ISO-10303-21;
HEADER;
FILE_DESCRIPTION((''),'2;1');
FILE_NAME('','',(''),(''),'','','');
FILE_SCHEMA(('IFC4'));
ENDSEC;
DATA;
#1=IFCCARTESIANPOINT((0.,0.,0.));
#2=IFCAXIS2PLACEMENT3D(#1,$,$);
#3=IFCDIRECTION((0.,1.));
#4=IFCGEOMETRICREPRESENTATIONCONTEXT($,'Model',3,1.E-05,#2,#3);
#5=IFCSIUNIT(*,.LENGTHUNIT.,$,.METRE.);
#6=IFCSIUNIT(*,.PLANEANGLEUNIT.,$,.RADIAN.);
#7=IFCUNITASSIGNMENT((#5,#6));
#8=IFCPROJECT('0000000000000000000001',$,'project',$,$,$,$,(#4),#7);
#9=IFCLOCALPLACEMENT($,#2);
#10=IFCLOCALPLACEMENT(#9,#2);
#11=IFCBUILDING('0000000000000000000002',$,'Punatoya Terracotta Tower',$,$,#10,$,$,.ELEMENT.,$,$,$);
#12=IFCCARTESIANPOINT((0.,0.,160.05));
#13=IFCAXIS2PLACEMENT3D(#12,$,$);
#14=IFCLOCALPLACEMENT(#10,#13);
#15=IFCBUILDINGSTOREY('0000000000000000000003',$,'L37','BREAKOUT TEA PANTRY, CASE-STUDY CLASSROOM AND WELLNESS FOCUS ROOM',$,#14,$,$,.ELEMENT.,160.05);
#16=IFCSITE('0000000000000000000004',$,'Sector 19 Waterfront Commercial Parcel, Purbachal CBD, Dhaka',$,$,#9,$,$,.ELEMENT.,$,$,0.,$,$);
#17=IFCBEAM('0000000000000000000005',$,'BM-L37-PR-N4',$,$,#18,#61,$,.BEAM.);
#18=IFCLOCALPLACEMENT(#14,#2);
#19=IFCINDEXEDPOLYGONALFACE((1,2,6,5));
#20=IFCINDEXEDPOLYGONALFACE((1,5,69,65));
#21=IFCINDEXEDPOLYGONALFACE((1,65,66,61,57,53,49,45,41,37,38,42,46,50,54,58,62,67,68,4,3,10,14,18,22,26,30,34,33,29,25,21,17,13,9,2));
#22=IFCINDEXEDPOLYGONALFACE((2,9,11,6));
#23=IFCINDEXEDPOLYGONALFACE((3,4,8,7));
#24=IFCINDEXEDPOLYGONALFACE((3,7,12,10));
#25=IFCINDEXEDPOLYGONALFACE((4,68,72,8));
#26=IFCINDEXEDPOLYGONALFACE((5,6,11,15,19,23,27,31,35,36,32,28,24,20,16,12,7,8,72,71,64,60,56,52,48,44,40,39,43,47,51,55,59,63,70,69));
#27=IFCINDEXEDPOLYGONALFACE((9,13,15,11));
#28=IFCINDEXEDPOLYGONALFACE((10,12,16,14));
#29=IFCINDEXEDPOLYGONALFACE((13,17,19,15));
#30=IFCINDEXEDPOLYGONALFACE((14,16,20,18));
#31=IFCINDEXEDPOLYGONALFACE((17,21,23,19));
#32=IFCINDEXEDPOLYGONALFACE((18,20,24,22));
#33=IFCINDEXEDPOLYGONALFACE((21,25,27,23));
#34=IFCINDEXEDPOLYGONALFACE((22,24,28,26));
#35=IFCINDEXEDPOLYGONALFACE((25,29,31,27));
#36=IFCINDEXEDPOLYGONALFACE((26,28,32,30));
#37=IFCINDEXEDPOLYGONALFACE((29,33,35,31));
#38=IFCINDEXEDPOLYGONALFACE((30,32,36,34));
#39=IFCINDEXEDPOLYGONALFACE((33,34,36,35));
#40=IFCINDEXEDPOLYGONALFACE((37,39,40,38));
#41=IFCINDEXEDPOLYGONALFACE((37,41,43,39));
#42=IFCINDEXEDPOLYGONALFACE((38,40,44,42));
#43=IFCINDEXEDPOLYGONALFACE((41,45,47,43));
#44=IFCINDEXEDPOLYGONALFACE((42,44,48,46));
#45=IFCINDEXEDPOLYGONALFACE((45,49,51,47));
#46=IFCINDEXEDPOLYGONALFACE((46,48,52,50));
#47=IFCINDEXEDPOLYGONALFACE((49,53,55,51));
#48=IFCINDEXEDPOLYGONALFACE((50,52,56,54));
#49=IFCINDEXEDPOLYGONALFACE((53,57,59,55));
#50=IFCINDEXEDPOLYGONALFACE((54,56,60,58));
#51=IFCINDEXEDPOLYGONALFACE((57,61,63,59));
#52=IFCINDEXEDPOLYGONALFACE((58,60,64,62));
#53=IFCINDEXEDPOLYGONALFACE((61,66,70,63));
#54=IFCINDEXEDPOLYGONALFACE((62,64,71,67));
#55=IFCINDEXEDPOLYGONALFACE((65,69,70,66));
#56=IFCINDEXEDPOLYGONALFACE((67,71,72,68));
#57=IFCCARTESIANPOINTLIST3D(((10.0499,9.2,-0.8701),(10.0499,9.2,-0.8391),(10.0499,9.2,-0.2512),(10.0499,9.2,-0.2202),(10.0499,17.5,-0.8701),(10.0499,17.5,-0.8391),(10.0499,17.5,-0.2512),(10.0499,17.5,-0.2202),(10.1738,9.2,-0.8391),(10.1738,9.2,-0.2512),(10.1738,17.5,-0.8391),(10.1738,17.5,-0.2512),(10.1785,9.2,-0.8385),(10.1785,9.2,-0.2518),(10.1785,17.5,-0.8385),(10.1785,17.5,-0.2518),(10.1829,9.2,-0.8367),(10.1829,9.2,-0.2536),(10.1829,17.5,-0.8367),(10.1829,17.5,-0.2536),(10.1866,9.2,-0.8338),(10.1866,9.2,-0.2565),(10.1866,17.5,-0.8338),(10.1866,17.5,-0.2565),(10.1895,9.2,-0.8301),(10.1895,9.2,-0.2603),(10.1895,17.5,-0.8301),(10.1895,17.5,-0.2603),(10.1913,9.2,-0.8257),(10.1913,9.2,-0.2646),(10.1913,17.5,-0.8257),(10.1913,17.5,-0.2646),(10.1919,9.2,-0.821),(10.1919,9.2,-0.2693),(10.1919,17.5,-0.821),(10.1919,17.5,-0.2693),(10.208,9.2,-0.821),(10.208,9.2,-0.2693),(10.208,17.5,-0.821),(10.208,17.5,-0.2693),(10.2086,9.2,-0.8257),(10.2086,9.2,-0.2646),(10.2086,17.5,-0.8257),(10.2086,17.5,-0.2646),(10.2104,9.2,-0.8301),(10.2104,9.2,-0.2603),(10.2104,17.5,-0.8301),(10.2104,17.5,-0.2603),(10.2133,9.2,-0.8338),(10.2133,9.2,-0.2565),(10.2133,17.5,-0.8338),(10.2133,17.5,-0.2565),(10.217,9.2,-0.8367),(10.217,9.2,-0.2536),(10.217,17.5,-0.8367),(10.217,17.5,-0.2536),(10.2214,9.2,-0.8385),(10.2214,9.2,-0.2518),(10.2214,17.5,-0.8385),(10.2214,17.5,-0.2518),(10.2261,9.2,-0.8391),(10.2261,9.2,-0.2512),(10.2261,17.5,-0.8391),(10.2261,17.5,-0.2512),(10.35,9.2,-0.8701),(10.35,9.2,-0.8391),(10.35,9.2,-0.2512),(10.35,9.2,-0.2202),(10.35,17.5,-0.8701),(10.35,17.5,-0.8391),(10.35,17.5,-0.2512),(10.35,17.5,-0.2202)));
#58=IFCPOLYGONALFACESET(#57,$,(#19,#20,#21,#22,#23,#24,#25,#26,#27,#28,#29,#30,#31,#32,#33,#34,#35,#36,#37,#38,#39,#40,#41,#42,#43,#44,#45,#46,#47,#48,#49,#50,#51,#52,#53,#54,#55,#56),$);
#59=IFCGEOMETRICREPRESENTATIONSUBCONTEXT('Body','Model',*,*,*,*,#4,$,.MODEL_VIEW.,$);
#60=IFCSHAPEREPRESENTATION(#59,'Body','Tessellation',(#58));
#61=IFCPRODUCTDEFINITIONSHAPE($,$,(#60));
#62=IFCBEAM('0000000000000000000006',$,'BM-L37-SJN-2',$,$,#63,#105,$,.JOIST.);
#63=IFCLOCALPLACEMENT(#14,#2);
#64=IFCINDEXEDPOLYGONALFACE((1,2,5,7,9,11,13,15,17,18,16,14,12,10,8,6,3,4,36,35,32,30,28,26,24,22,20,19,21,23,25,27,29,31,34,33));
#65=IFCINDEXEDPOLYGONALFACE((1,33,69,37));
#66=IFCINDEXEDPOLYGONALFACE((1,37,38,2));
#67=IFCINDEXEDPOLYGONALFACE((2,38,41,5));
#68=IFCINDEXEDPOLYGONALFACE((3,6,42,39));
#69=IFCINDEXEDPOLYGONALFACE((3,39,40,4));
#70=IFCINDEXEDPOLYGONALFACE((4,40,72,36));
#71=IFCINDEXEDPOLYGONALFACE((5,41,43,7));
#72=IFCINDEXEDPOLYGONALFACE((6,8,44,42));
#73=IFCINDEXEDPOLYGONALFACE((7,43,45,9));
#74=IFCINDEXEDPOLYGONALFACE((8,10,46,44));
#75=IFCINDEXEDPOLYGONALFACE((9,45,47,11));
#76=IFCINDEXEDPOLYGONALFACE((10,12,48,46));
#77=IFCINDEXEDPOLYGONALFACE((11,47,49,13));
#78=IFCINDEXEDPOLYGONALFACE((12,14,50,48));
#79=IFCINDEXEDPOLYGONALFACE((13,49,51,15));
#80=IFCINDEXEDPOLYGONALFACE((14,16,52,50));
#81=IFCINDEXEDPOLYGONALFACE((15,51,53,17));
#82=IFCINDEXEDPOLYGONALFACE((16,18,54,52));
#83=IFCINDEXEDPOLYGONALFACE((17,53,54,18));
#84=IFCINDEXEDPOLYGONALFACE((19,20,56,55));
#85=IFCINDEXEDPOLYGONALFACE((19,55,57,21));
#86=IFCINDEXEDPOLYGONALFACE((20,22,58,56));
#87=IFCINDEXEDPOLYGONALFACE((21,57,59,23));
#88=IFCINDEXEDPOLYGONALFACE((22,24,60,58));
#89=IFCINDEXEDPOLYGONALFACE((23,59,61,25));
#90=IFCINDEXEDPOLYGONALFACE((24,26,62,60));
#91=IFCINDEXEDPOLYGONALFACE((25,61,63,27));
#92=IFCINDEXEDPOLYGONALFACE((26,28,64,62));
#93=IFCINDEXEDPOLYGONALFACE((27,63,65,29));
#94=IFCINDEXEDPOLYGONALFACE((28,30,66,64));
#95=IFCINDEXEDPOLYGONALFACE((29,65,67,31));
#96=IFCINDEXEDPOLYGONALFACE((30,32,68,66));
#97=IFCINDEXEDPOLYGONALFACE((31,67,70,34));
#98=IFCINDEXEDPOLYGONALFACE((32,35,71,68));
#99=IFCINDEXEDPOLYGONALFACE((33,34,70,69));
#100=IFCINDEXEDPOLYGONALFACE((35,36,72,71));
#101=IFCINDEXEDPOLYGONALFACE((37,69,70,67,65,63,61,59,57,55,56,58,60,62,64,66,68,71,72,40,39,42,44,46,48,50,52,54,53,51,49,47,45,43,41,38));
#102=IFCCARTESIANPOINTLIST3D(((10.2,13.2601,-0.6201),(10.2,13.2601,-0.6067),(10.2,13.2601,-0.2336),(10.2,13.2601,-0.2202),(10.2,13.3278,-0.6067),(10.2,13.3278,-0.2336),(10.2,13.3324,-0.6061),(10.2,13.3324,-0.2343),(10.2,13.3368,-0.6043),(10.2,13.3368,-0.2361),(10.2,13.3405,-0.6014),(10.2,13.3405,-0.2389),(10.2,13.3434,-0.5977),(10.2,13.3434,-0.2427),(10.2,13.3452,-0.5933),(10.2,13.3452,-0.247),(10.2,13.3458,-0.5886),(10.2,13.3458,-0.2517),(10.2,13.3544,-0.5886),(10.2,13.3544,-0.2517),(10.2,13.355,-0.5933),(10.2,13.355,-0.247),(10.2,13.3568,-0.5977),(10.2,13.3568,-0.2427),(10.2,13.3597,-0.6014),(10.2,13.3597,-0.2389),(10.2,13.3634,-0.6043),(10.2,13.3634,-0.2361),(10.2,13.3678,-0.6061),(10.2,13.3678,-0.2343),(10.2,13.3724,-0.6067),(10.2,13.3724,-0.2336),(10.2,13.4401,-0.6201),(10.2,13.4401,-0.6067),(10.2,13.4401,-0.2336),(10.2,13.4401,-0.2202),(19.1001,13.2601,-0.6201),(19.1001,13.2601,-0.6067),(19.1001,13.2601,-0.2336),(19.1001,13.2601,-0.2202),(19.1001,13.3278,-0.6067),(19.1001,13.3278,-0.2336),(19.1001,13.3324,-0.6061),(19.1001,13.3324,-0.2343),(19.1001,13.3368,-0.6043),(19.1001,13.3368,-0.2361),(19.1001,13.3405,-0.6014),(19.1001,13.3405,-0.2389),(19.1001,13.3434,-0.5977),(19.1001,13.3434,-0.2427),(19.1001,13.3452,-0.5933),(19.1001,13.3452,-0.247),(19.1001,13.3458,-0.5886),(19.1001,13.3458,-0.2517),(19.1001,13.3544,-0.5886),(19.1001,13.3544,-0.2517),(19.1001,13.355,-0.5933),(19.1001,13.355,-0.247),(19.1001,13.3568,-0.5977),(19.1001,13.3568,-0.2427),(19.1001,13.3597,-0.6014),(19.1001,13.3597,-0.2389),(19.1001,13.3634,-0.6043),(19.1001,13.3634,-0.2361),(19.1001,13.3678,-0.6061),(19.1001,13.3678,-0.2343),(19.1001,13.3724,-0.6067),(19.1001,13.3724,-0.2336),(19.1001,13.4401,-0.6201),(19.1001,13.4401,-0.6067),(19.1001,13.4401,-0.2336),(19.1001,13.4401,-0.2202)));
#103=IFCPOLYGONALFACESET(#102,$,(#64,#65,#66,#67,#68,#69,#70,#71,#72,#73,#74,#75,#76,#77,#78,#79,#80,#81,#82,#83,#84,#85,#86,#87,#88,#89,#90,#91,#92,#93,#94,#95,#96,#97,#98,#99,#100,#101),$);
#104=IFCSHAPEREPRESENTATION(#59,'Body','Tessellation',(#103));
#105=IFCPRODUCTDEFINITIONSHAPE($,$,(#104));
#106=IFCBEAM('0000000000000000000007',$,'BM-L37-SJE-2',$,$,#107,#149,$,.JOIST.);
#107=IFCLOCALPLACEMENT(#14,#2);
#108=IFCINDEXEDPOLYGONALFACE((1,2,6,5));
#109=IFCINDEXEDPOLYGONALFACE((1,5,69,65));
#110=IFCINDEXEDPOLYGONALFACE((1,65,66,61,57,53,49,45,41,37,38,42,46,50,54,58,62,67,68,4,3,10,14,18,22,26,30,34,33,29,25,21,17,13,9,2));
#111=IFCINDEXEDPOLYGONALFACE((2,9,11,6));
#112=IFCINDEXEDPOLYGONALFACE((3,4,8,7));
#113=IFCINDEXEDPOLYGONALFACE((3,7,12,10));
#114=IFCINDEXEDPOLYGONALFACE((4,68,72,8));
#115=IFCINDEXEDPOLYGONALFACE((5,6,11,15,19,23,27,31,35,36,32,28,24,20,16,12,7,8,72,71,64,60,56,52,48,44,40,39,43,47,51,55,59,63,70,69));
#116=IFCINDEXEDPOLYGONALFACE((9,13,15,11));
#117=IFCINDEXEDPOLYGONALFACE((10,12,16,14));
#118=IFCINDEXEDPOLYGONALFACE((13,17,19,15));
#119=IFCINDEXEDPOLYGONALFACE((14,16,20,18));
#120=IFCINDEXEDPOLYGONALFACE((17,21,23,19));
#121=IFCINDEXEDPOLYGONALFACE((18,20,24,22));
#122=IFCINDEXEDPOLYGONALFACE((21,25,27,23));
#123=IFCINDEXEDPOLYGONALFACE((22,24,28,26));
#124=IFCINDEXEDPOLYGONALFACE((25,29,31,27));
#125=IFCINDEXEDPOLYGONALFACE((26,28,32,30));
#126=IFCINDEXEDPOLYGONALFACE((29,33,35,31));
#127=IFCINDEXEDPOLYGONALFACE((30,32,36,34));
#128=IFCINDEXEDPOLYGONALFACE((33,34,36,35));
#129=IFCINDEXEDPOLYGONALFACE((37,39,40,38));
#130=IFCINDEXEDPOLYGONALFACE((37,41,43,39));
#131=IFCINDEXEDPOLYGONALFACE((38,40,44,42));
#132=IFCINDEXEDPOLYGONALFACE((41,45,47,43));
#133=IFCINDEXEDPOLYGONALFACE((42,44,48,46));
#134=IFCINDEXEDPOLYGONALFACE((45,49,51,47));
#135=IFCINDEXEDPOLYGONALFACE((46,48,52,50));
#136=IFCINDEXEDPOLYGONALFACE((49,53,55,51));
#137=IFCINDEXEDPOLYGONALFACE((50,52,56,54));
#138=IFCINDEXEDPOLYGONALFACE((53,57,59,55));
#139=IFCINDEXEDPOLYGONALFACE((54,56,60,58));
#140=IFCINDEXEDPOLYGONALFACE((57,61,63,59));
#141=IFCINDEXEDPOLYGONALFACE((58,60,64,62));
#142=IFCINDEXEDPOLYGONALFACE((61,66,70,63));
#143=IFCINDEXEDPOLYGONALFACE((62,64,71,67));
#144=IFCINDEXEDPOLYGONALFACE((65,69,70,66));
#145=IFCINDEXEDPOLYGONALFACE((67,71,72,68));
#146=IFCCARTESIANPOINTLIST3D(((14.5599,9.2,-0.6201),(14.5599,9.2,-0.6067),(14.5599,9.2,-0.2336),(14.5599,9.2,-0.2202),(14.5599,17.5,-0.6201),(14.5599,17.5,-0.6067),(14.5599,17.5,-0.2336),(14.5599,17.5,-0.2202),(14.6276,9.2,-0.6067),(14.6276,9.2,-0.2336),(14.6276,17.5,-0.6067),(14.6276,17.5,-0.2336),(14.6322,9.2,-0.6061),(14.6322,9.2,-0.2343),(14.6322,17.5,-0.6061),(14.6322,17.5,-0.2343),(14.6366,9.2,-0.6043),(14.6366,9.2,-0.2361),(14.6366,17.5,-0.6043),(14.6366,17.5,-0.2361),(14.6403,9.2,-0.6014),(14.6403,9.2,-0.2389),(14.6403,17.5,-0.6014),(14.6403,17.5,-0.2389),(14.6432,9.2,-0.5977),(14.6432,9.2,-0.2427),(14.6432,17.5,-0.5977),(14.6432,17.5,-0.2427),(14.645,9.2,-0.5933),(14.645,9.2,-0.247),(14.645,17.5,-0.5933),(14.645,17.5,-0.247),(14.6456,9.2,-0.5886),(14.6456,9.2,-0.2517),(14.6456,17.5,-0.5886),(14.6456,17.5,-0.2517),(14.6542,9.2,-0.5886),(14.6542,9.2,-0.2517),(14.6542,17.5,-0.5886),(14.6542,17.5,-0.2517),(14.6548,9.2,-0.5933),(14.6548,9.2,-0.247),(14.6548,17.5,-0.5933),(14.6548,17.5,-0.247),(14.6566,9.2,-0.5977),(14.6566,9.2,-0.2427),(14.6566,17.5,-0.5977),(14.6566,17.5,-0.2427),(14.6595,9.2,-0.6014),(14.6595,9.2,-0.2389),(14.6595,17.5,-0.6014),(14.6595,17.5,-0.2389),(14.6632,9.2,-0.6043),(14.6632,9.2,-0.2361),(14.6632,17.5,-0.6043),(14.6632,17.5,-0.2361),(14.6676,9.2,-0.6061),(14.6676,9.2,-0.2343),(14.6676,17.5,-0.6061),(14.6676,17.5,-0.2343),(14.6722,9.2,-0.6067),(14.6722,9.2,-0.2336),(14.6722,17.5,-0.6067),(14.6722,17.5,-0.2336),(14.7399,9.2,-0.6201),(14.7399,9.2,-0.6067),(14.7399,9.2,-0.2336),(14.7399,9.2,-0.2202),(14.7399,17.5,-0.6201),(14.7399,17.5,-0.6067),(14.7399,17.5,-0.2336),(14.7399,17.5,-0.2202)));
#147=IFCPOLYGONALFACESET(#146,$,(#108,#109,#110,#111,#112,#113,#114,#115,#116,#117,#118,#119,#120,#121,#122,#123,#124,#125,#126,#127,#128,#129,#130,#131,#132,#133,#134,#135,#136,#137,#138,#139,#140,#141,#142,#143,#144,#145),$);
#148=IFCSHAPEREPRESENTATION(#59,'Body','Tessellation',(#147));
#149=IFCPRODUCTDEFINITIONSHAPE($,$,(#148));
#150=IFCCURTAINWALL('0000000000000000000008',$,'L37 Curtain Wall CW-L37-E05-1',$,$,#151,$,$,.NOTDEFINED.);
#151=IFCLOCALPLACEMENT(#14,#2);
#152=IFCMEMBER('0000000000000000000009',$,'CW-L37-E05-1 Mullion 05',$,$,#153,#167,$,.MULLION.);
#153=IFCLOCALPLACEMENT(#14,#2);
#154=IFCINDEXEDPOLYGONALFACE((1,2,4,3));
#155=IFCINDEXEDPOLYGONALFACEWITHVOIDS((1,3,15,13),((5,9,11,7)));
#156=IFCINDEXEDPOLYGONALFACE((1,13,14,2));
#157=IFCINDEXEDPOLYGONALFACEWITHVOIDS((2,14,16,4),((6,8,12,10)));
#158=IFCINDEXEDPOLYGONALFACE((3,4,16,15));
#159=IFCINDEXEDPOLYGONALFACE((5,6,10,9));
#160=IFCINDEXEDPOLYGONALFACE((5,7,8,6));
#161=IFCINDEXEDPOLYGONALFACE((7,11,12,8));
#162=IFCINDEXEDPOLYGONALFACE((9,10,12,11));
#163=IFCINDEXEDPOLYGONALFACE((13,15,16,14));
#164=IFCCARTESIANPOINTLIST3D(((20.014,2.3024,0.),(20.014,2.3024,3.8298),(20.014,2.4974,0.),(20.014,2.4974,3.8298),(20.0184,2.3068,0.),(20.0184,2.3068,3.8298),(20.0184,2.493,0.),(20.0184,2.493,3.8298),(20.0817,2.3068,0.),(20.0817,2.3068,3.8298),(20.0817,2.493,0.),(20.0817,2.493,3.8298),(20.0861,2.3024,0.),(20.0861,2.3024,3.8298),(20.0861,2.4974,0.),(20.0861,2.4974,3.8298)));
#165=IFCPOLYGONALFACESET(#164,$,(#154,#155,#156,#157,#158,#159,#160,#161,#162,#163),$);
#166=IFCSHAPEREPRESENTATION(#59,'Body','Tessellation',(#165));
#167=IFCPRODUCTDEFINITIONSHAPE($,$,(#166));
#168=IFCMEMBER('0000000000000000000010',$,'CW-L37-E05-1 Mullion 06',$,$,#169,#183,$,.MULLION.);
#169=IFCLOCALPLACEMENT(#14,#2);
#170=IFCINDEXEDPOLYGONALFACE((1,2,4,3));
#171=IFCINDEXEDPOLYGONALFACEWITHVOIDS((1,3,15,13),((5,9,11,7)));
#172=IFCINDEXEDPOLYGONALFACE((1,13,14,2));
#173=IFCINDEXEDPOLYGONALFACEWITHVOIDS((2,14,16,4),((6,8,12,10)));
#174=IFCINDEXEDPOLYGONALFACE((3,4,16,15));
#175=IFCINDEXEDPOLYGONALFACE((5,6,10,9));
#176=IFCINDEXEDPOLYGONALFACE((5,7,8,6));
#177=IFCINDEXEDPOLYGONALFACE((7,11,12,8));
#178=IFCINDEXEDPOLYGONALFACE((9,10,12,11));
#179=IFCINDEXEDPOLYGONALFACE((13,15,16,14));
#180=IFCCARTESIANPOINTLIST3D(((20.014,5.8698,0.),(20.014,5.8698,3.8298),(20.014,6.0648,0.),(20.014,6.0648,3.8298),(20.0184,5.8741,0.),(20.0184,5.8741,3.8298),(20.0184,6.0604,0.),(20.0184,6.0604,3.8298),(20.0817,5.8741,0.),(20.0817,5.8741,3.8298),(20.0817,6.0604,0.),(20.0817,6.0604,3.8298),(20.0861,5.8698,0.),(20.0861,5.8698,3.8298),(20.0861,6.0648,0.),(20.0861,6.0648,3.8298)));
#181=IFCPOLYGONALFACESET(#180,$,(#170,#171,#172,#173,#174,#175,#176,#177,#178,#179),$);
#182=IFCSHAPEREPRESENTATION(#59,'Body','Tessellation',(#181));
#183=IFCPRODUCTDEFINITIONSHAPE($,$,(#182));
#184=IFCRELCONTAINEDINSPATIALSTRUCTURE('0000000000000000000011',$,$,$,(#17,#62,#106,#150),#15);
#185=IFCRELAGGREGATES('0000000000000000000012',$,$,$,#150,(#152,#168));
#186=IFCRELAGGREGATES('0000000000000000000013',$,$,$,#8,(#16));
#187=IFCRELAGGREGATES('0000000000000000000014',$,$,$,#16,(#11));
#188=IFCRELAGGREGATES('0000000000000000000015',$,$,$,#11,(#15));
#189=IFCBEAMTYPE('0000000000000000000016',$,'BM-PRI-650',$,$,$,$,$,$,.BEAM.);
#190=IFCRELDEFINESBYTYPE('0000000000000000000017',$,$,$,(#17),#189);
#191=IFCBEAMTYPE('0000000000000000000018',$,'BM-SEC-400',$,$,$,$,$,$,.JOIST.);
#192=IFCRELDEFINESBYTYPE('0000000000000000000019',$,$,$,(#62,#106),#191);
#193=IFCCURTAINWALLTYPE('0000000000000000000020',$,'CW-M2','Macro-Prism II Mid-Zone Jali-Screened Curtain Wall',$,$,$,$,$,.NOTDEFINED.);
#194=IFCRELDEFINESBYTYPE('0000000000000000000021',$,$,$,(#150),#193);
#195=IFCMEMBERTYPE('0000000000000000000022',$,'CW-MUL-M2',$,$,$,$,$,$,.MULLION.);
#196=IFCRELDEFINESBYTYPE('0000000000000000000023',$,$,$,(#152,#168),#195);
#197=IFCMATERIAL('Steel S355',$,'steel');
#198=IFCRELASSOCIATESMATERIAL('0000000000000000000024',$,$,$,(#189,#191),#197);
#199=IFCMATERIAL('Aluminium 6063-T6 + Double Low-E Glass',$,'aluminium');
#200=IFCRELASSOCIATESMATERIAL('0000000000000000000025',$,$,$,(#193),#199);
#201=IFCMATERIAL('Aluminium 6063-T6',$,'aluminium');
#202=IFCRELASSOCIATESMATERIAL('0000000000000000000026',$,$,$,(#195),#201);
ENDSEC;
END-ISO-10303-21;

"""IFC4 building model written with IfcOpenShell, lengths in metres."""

from ifc_helpers import new_model, si_unit, direction, frame, origin, origin_2d, place, context, subcontext, project, spatial, hollow_rectangle, i_section, extrude, material, material_profile, profile_set, type_object, element, aggregate, save


model = new_model("IFC4")

# Units and contexts
model_context = context("Model", 3, precision=1e-05, world=origin(), true_north=direction((0.0, 1.0)))
body_context = subcontext(model_context, "Body", "Model", "MODEL_VIEW")
ifc_project = project(units=[si_unit("LENGTHUNIT", "METRE"), si_unit("PLANEANGLEUNIT", "RADIAN")], contexts=[model_context])

# Site, building, storey
site_placement = place(None, origin())
site = spatial("IfcSite", under=ifc_project, at=site_placement, Name="Sector 19 Waterfront Commercial Parcel, Purbachal CBD, Dhaka", CompositionType="ELEMENT", RefElevation=0.0)
building_placement = place(site_placement, origin())
building = spatial("IfcBuilding", under=site, at=building_placement, Name="Punatoya Terracotta Tower", CompositionType="ELEMENT")
storey_placement = place(building_placement, frame((0.0, 0.0, 160.05)))
storey = spatial("IfcBuildingStorey", under=building, at=storey_placement, Name="L37", Description="BREAKOUT TEA PANTRY, CASE-STUDY CLASSROOM AND WELLNESS FOCUS ROOM", CompositionType="ELEMENT", Elevation=160.05)

# Beams
ifc_material_1 = material(Name="Steel S355", Category="steel")
ifc_material_profile_1 = material_profile(ifc_material_1, i_section(OverallWidth=0.3, OverallDepth=0.6499, WebThickness=0.0161, FlangeThickness=0.031, FilletRadius=0.0181, at=origin_2d()))
ifc_profile_set_1 = profile_set([ifc_material_profile_1], Name="Steel S355")
beam_type_1 = type_object("IfcBeamType", Name="BM-PRI-650", PredefinedType="BEAM", material=ifc_profile_set_1)
beam_1_placement = place(storey_placement, frame((10.2, 9.2, -0.5452), z_axis=(0.0, 1.0, 0.0), x_axis=(-1.0, 0.0, 0.0)))
element("IfcBeam", 1, at=beam_1_placement, inside=storey, type_object=beam_type_1, Name="BM-L37-PR-N4", PredefinedType="BEAM", context=body_context, shape_type="SweptSolid", body=[
    extrude(i_section(OverallWidth=0.3, OverallDepth=0.6499, WebThickness=0.0161, FlangeThickness=0.031, FilletRadius=0.0181, at=origin_2d()), origin(), (0.0, 0.0, 1.0), 8.3),
])
ifc_material_profile_2 = material_profile(ifc_material_1, i_section(OverallWidth=0.1799, OverallDepth=0.3999, WebThickness=0.0085, FlangeThickness=0.0134, FilletRadius=0.0181, at=origin_2d()))
ifc_profile_set_2 = profile_set([ifc_material_profile_2], Name="Steel S355")
beam_type_2 = type_object("IfcBeamType", Name="BM-SEC-400", PredefinedType="JOIST", material=ifc_profile_set_2)
beam_2_placement = place(storey_placement, frame((10.2, 13.3501, -0.4202), z_axis=(1.0, 0.0, 0.0), x_axis=(0.0, 1.0, 0.0)))
element("IfcBeam", 2, at=beam_2_placement, inside=storey, type_object=beam_type_2, Name="BM-L37-SJN-2", PredefinedType="JOIST", context=body_context, shape_type="SweptSolid", body=[
    extrude(i_section(OverallWidth=0.1799, OverallDepth=0.3999, WebThickness=0.0085, FlangeThickness=0.0134, FilletRadius=0.0181, at=origin_2d()), origin(), (0.0, 0.0, 1.0), 8.9001),
])
beam_3_placement = place(storey_placement, frame((14.6499, 9.2, -0.4202), z_axis=(0.0, 1.0, 0.0), x_axis=(-1.0, 0.0, 0.0)))
element("IfcBeam", 3, at=beam_3_placement, inside=storey, type_object=beam_type_2, Name="BM-L37-SJE-2", PredefinedType="JOIST", context=body_context, shape_type="SweptSolid", body=[
    extrude(i_section(OverallWidth=0.1799, OverallDepth=0.3999, WebThickness=0.0085, FlangeThickness=0.0134, FilletRadius=0.0181, at=origin_2d()), origin(), (0.0, 0.0, 1.0), 8.3),
])

# Curtain wall, members
ifc_material_2 = material(Name="Aluminium 6063-T6 + Double Low-E Glass", Category="aluminium")
curtain_wall_type = type_object("IfcCurtainWallType", Name="CW-M2", Description="Macro-Prism II Mid-Zone Jali-Screened Curtain Wall", PredefinedType="NOTDEFINED", material=ifc_material_2)
curtain_wall_placement = place(storey_placement, origin())
curtain_wall = element("IfcCurtainWall", 4, at=curtain_wall_placement, inside=storey, type_object=curtain_wall_type, Name="L37 Curtain Wall CW-L37-E05-1", PredefinedType="NOTDEFINED")
ifc_material_3 = material(Name="Aluminium 6063-T6", Category="aluminium")
ifc_material_profile_3 = material_profile(ifc_material_3, hollow_rectangle(XDim=0.072, YDim=0.1951, WallThickness=0.0044, at=origin_2d()))
ifc_profile_set_3 = profile_set([ifc_material_profile_3], Name="Aluminium 6063-T6")
member_type = type_object("IfcMemberType", Name="CW-MUL-M2", PredefinedType="MULLION", material=ifc_profile_set_3)
member_1_placement = place(storey_placement, frame((20.05, 2.3999, 0.0), z_axis=(0.0, 0.0, 1.0), x_axis=(1.0, 0.0, 0.0)))
member_1 = element("IfcMember", 5, at=member_1_placement, type_object=member_type, Name="CW-L37-E05-1 Mullion 05", PredefinedType="MULLION", context=body_context, shape_type="SweptSolid", body=[
    extrude(hollow_rectangle(XDim=0.072, YDim=0.1951, WallThickness=0.0044, at=origin_2d()), origin(), (0.0, 0.0, 1.0), 3.8298),
])
member_2_placement = place(storey_placement, frame((20.05, 5.9673, 0.0), z_axis=(0.0, 0.0, 1.0), x_axis=(1.0, 0.0, 0.0)))
member_2 = element("IfcMember", 6, at=member_2_placement, type_object=member_type, Name="CW-L37-E05-1 Mullion 06", PredefinedType="MULLION", context=body_context, shape_type="SweptSolid", body=[
    extrude(hollow_rectangle(XDim=0.072, YDim=0.1951, WallThickness=0.0044, at=origin_2d()), origin(), (0.0, 0.0, 1.0), 3.8298),
])
aggregate(curtain_wall, [member_1, member_2])

save(model, "model.ifc")
